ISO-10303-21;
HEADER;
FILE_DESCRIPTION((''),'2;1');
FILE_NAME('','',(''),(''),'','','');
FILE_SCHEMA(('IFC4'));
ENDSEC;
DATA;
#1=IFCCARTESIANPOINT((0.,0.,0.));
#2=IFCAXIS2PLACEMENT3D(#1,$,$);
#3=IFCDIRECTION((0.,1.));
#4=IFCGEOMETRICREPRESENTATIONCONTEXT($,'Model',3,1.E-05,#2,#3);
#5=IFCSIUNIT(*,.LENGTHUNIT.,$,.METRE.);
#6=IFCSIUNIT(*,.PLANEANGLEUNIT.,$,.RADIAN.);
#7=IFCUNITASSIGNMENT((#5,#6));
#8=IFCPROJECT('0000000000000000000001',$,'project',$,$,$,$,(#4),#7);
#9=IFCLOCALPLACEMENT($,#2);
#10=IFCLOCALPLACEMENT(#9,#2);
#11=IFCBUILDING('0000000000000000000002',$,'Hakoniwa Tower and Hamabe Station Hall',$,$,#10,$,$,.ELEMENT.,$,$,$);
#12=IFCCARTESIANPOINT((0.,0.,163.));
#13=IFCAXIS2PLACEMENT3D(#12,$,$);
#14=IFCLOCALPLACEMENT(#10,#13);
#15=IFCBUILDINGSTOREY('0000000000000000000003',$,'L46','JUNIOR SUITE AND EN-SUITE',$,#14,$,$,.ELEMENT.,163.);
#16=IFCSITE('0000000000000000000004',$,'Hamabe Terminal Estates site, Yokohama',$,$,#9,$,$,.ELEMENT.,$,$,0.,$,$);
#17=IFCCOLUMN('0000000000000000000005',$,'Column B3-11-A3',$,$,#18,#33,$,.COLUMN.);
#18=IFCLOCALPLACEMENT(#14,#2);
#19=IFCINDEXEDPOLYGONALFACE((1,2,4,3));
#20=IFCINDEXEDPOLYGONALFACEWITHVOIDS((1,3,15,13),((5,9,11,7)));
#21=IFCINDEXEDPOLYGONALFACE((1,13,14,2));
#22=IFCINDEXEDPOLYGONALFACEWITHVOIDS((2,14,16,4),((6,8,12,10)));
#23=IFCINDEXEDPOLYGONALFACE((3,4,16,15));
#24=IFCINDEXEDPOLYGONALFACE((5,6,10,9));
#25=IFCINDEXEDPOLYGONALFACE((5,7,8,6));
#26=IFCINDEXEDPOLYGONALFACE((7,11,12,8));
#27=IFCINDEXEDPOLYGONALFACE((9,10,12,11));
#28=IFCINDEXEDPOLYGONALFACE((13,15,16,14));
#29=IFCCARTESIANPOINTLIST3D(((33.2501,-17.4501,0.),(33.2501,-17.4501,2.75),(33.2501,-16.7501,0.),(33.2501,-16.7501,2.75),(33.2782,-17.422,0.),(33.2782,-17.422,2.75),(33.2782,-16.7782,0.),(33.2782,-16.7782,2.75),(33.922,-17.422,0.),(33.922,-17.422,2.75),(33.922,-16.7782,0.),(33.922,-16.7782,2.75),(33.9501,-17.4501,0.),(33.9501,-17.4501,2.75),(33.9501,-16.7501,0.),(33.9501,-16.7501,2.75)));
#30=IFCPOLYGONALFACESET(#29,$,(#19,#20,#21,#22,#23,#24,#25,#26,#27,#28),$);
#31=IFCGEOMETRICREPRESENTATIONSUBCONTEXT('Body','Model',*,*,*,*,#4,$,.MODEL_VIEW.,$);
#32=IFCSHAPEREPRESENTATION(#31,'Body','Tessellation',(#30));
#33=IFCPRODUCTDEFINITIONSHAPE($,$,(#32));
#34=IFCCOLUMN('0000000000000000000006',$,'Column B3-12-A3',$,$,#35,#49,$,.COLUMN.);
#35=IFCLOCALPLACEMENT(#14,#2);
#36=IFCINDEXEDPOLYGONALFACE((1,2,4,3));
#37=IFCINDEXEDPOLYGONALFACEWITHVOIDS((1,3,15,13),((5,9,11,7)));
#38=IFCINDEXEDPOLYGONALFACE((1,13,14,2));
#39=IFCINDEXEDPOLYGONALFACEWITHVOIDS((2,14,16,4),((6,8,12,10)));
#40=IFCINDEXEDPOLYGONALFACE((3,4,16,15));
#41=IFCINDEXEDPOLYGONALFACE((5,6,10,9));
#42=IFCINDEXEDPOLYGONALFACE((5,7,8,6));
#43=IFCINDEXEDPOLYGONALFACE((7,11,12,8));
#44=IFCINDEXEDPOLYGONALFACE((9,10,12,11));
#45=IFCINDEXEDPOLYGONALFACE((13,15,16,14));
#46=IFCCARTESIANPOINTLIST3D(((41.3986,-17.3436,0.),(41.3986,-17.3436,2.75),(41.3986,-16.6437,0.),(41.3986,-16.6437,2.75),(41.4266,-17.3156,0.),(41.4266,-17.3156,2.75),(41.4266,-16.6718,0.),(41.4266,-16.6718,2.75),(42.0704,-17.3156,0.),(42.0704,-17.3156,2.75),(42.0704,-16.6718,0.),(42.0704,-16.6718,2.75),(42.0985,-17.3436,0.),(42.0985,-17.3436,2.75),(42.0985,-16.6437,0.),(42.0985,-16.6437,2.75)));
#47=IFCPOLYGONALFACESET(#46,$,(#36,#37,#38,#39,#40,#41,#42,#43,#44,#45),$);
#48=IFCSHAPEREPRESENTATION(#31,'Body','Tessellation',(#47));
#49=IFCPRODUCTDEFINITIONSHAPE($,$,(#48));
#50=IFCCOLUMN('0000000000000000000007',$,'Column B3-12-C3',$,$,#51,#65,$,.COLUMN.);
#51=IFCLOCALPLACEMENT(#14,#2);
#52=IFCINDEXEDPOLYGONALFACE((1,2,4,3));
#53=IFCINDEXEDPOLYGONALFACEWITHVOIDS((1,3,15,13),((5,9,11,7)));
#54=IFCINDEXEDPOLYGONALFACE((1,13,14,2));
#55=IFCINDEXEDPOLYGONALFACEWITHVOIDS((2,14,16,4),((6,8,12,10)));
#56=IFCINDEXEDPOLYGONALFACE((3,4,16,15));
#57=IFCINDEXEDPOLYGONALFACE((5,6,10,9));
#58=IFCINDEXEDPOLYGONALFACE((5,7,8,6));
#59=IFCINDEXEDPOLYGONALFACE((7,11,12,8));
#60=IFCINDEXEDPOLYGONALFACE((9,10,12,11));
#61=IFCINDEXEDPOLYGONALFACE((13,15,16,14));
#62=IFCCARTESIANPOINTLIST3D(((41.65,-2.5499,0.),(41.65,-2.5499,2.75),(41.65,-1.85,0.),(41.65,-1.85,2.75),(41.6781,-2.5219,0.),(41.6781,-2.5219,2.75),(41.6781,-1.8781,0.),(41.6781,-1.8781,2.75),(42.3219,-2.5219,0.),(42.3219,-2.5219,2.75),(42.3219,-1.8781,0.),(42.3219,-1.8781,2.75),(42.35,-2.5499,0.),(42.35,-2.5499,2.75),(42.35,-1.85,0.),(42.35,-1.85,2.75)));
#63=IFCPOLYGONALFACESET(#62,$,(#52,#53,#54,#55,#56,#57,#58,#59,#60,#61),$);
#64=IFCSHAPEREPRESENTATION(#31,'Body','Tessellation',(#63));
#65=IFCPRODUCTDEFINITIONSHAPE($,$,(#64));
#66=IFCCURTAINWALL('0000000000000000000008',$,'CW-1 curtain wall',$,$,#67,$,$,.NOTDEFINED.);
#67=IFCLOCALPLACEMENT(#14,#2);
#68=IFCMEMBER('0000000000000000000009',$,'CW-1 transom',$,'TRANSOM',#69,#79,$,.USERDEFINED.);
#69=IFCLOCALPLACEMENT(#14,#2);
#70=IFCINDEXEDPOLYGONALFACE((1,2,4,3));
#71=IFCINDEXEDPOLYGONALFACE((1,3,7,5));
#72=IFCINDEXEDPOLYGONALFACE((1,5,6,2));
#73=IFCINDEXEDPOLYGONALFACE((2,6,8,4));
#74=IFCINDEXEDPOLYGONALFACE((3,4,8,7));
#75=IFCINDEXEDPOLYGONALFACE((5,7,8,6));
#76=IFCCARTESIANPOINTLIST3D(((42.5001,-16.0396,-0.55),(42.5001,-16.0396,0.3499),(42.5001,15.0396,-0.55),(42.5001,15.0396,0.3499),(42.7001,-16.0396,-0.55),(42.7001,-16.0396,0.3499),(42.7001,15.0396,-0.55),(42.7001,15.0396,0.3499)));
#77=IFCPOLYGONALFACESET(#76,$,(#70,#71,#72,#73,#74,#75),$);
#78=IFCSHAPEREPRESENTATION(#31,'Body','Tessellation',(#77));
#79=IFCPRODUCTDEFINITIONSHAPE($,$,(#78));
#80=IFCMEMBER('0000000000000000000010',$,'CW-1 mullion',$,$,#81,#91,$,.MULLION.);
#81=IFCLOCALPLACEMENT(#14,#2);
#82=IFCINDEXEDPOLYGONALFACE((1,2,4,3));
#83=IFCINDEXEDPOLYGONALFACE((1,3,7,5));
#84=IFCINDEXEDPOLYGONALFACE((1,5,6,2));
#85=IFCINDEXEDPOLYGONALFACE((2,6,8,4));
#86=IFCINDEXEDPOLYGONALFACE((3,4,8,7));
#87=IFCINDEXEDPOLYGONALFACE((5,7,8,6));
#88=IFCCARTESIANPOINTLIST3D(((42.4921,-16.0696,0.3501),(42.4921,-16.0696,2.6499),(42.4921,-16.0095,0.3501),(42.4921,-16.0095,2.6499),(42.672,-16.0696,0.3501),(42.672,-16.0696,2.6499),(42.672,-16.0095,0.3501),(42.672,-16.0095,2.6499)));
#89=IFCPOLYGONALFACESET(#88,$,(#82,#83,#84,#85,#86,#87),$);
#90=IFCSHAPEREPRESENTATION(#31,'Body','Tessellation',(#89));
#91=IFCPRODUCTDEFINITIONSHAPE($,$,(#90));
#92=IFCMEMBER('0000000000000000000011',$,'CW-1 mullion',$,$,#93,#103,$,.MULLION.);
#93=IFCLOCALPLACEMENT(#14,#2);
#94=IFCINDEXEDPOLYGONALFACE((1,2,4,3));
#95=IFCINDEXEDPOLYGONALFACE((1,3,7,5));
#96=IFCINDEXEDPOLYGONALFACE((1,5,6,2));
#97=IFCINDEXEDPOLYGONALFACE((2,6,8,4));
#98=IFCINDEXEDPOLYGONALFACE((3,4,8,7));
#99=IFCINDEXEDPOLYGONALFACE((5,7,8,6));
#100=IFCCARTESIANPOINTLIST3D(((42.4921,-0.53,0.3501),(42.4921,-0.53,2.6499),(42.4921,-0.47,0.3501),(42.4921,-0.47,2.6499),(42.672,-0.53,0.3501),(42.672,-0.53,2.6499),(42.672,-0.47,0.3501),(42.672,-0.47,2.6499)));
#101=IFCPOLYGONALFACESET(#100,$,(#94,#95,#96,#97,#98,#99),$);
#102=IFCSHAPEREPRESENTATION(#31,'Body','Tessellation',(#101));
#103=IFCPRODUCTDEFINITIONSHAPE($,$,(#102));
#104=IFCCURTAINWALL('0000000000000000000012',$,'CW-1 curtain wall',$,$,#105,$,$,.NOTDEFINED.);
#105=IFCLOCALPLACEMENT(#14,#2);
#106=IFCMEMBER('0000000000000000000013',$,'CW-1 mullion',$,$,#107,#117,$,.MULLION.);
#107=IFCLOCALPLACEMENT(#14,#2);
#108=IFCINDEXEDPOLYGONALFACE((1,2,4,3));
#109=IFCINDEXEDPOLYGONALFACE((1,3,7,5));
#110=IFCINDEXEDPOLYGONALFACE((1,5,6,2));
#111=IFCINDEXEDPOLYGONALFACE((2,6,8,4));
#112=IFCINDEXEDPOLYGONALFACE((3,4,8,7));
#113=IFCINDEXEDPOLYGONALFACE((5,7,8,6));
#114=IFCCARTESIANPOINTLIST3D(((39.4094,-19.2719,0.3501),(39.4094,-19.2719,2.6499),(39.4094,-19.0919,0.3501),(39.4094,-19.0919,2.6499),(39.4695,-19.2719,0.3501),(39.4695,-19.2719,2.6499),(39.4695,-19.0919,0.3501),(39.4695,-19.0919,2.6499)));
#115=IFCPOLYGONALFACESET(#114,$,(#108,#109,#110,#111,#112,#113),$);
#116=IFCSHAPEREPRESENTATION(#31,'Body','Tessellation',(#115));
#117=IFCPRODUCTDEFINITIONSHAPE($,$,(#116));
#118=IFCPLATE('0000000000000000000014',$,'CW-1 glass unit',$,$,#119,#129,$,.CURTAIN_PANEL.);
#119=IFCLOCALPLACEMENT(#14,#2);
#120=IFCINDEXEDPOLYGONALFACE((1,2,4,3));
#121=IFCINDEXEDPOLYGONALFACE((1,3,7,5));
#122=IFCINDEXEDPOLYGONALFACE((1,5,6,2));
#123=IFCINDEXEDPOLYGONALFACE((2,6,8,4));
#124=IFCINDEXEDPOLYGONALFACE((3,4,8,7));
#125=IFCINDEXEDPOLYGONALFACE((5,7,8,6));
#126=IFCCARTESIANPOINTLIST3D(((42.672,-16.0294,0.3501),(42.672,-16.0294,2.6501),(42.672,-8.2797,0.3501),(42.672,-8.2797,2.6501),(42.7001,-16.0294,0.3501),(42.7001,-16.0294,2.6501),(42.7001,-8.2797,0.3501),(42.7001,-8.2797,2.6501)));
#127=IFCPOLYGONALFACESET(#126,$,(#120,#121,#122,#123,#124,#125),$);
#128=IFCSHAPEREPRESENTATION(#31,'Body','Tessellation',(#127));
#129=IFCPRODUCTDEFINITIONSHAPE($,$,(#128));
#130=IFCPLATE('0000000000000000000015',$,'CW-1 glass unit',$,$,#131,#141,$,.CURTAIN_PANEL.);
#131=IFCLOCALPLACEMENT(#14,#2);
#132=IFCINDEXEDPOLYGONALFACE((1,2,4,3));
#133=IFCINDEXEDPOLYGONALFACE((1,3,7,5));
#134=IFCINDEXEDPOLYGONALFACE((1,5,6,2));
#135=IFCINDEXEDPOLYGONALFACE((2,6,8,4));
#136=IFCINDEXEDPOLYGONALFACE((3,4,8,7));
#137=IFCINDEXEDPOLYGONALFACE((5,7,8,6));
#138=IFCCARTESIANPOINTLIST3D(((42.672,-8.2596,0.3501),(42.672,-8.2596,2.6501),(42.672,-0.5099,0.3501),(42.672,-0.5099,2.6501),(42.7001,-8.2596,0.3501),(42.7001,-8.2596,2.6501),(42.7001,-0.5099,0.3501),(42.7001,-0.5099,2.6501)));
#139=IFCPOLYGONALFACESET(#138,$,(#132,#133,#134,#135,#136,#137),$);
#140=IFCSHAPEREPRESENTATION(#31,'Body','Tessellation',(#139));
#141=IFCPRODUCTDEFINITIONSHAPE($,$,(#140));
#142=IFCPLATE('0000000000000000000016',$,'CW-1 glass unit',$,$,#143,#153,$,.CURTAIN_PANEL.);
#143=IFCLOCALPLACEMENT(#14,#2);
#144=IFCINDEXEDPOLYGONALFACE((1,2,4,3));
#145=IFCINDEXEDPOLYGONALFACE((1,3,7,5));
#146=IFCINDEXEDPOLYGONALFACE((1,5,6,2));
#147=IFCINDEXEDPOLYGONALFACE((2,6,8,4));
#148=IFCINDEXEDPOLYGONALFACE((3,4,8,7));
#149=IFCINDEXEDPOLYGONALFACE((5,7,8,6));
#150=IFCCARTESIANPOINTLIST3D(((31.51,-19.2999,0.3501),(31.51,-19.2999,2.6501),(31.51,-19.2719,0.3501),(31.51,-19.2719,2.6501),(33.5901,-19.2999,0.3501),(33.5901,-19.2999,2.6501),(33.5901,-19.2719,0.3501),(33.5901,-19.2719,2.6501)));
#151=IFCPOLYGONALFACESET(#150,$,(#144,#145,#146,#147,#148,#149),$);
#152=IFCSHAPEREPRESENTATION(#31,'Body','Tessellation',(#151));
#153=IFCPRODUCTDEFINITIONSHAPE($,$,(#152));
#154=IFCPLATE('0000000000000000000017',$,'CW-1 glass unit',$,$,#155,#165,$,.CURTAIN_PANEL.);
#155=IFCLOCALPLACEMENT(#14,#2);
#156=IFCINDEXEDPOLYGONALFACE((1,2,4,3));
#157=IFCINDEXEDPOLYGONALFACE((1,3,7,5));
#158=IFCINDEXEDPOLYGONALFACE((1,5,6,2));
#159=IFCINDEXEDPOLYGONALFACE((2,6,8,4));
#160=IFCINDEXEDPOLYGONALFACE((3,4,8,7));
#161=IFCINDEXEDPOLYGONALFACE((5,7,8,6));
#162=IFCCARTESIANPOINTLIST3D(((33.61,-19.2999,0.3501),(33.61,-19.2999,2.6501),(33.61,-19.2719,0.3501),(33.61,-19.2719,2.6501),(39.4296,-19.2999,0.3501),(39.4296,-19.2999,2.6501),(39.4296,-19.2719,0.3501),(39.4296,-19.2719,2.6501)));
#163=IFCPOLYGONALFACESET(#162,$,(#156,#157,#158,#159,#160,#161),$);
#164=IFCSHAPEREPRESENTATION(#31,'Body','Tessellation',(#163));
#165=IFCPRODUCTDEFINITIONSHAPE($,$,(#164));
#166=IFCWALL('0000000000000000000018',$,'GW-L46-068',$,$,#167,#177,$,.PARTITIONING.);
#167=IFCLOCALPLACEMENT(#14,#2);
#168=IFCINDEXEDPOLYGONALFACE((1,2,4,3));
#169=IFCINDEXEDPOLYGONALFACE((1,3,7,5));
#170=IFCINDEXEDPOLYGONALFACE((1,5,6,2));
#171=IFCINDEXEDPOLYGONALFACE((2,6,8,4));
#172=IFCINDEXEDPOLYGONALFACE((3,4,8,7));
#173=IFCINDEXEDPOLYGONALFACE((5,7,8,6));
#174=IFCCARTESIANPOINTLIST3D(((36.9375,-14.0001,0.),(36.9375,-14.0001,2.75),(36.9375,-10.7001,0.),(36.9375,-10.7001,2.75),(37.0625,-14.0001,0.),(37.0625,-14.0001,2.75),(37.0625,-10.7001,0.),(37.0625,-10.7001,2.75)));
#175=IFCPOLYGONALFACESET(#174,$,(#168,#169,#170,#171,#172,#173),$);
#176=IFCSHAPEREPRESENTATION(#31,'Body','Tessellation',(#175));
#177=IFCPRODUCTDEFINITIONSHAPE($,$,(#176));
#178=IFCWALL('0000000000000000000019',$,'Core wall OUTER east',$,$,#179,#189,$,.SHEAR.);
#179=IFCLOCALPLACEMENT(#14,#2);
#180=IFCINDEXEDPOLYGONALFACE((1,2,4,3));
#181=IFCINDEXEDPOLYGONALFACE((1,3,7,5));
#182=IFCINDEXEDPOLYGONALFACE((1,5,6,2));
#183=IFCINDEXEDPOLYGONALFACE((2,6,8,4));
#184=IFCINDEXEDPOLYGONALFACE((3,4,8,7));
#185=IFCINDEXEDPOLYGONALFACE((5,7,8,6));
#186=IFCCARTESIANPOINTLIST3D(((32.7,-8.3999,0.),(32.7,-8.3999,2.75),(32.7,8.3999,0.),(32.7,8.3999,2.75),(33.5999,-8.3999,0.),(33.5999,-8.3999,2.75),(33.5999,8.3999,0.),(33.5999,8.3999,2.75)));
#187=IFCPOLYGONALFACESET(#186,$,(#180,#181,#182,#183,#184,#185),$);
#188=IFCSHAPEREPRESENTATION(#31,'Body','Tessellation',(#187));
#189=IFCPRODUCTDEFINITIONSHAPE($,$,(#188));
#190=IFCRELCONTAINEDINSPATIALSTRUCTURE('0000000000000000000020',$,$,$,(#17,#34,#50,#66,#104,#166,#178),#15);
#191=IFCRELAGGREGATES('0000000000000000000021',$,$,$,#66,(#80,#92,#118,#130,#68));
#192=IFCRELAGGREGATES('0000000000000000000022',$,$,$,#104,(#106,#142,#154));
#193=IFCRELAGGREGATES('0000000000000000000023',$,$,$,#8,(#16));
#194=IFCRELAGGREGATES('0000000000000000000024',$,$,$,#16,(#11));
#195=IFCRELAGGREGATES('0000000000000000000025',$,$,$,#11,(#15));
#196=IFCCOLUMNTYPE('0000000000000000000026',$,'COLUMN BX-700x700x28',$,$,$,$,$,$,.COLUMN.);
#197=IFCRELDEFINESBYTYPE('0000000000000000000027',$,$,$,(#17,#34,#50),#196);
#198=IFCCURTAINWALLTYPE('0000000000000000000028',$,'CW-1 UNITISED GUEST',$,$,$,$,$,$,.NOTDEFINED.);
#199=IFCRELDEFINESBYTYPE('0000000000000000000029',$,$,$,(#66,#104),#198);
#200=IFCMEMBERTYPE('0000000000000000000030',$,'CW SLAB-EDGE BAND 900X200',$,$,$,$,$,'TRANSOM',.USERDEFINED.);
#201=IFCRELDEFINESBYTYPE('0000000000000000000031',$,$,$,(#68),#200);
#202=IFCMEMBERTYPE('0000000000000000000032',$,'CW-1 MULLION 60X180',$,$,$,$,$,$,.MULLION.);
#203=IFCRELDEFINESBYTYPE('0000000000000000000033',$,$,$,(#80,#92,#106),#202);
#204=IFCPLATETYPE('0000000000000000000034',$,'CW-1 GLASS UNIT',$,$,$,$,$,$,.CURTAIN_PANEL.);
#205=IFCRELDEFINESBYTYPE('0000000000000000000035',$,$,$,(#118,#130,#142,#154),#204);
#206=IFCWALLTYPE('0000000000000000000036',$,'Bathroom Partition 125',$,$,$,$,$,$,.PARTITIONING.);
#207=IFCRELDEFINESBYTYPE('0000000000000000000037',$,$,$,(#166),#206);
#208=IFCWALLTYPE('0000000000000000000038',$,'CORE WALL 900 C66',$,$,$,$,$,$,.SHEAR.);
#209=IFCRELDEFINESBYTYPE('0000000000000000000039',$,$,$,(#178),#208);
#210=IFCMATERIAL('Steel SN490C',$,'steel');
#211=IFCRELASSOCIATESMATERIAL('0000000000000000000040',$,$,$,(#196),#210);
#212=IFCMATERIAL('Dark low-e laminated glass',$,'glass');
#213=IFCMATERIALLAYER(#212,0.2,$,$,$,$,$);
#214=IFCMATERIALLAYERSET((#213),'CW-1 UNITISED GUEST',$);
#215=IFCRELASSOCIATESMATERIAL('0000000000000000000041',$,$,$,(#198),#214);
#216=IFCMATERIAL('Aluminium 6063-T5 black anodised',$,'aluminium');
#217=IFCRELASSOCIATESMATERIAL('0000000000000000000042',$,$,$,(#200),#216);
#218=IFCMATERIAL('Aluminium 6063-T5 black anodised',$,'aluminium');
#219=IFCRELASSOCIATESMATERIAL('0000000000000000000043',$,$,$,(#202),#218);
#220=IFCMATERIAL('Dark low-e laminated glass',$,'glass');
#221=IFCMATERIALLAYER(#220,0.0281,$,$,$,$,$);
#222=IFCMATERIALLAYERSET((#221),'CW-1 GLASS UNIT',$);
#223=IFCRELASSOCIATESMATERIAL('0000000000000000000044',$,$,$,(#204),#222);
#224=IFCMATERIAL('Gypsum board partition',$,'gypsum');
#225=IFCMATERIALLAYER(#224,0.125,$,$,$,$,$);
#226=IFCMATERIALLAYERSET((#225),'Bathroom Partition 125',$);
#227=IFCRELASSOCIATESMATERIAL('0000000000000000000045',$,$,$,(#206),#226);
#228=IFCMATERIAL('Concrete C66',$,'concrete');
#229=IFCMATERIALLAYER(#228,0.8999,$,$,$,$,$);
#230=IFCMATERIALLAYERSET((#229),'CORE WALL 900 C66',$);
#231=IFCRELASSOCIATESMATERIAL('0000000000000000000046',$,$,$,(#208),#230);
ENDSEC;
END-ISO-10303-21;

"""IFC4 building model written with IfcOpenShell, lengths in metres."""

from ifc_helpers import new_model, si_unit, direction, frame, frame_2d, origin, origin_2d, place, context, subcontext, project, spatial, rectangle, hollow_rectangle, extrude, material, layer, layer_set, material_profile, profile_set, type_object, element, aggregate, save


model = new_model("IFC4")

# Units and contexts
model_context = context("Model", 3, precision=1e-05, world=origin(), true_north=direction((0.0, 1.0)))
body_context = subcontext(model_context, "Body", "Model", "MODEL_VIEW")
ifc_project = project(units=[si_unit("LENGTHUNIT", "METRE"), si_unit("PLANEANGLEUNIT", "RADIAN")], contexts=[model_context])

# Site, building, storey
site_placement = place(None, origin())
site = spatial("IfcSite", under=ifc_project, at=site_placement, Name="Hamabe Terminal Estates site, Yokohama", CompositionType="ELEMENT", RefElevation=0.0)
building_placement = place(site_placement, origin())
building = spatial("IfcBuilding", under=site, at=building_placement, Name="Hakoniwa Tower and Hamabe Station Hall", CompositionType="ELEMENT")
storey_placement = place(building_placement, frame((0.0, 0.0, 163.0)))
storey = spatial("IfcBuildingStorey", under=building, at=storey_placement, Name="L46", Description="JUNIOR SUITE AND EN-SUITE", CompositionType="ELEMENT", Elevation=163.0)

# Columns
ifc_material_1 = material(Name="Steel SN490C", Category="steel")
ifc_material_profile_1 = material_profile(ifc_material_1, hollow_rectangle(XDim=0.7, YDim=0.7, WallThickness=0.0281, at=origin_2d()), Name="BX-700x700x28")
ifc_profile_set_1 = profile_set([ifc_material_profile_1], Name="Steel SN490C")
column_type = type_object("IfcColumnType", Name="COLUMN BX-700x700x28", PredefinedType="COLUMN", material=ifc_profile_set_1)
for number, where, z_axis, x_axis, name in (
    (1, (33.6001, -17.1001, 0.0), (0.0, 0.0, 1.0), (1.0, 0.0, 0.0), "Column B3-11-A3"),
    (2, (41.7485, -16.9937, 0.0), (0.0, 0.0, 1.0), (1.0, 0.0, 0.0), "Column B3-12-A3"),
    (3, (42.0, -2.2, 0.0), (0.0, 0.0, 1.0), (1.0, 0.0, 0.0), "Column B3-12-C3"),
):
    element("IfcColumn", number, at=place(storey_placement, frame(where, z_axis=z_axis, x_axis=x_axis)), inside=storey, type_object=column_type, Name=name, PredefinedType="COLUMN", context=body_context, shape_type="SweptSolid", body=[
        extrude(hollow_rectangle(XDim=0.7, YDim=0.7, WallThickness=0.0281, at=origin_2d()), origin(), (0.0, 0.0, 1.0), 2.75),
    ])

# Curtain wall, members
ifc_material_2 = material(Name="Dark low-e laminated glass", Category="glass")
ifc_layer_1 = layer(ifc_material_2, 0.2)
ifc_layer_set_1 = layer_set([ifc_layer_1], Name="CW-1 UNITISED GUEST")
curtain_wall_type = type_object("IfcCurtainWallType", Name="CW-1 UNITISED GUEST", PredefinedType="NOTDEFINED", material=ifc_layer_set_1)
curtain_wall_1_placement = place(storey_placement, origin())
curtain_wall_1 = element("IfcCurtainWall", 4, at=curtain_wall_1_placement, inside=storey, type_object=curtain_wall_type, Name="CW-1 curtain wall", PredefinedType="NOTDEFINED")
ifc_material_3 = material(Name="Aluminium 6063-T5 black anodised", Category="aluminium")
ifc_material_profile_2 = material_profile(ifc_material_3, rectangle(XDim=0.2, YDim=0.8999, at=origin_2d()), Name="CW SLAB-EDGE BAND 900X200")
ifc_profile_set_2 = profile_set([ifc_material_profile_2], Name="Aluminium 6063-T5 black anodised")
member_type_1 = type_object("IfcMemberType", Name="CW SLAB-EDGE BAND 900X200", ElementType="TRANSOM", PredefinedType="USERDEFINED", material=ifc_profile_set_2)
member_1_placement = place(storey_placement, frame((42.6001, -16.0396, -0.1001), z_axis=(0.0, 1.0, 0.0), x_axis=(-1.0, 0.0, 0.0)))
member_1 = element("IfcMember", 5, at=member_1_placement, type_object=member_type_1, Name="CW-1 transom", ObjectType="TRANSOM", PredefinedType="USERDEFINED", context=body_context, shape_type="SweptSolid", body=[
    extrude(rectangle(XDim=0.2, YDim=0.8999, at=origin_2d()), origin(), (0.0, 0.0, 1.0), 31.0791),
])
ifc_material_4 = material(Name="Aluminium 6063-T5 black anodised", Category="aluminium")
ifc_material_profile_3 = material_profile(ifc_material_4, rectangle(XDim=0.0601, YDim=0.1799, at=origin_2d()), Name="CW-1 MULLION 60X180")
ifc_profile_set_3 = profile_set([ifc_material_profile_3], Name="Aluminium 6063-T5 black anodised")
member_type_2 = type_object("IfcMemberType", Name="CW-1 MULLION 60X180", PredefinedType="MULLION", material=ifc_profile_set_3)
member_2_placement = place(storey_placement, frame((42.582, -16.0396, 0.3501), z_axis=(0.0, 0.0, 1.0), x_axis=(0.0, 1.0, 0.0)))
member_2 = element("IfcMember", 6, at=member_2_placement, type_object=member_type_2, Name="CW-1 mullion", PredefinedType="MULLION", context=body_context, shape_type="SweptSolid", body=[
    extrude(rectangle(XDim=0.0601, YDim=0.1799, at=origin_2d()), origin(), (0.0, 0.0, 1.0), 2.2998),
])
member_3_placement = place(storey_placement, frame((42.582, -0.5, 0.3501), z_axis=(0.0, 0.0, 1.0), x_axis=(0.0, 1.0, 0.0)))
member_3 = element("IfcMember", 7, at=member_3_placement, type_object=member_type_2, Name="CW-1 mullion", PredefinedType="MULLION", context=body_context, shape_type="SweptSolid", body=[
    extrude(rectangle(XDim=0.0601, YDim=0.1799, at=origin_2d()), origin(), (0.0, 0.0, 1.0), 2.2998),
])

# Curtain wall, member
curtain_wall_2_placement = place(storey_placement, origin())
curtain_wall_2 = element("IfcCurtainWall", 8, at=curtain_wall_2_placement, inside=storey, type_object=curtain_wall_type, Name="CW-1 curtain wall", PredefinedType="NOTDEFINED")
member_4_placement = place(storey_placement, frame((39.4395, -19.1819, 0.3501), z_axis=(0.0, 0.0, 1.0), x_axis=(1.0, 0.0, 0.0)))
member_4 = element("IfcMember", 9, at=member_4_placement, type_object=member_type_2, Name="CW-1 mullion", PredefinedType="MULLION", context=body_context, shape_type="SweptSolid", body=[
    extrude(rectangle(XDim=0.0601, YDim=0.1799, at=origin_2d()), origin(), (0.0, 0.0, 1.0), 2.2998),
])

# Plates
ifc_material_5 = material(Name="Dark low-e laminated glass", Category="glass")
ifc_layer_2 = layer(ifc_material_5, 0.0281)
ifc_layer_set_2 = layer_set([ifc_layer_2], Name="CW-1 GLASS UNIT")
plate_type = type_object("IfcPlateType", Name="CW-1 GLASS UNIT", PredefinedType="CURTAIN_PANEL", material=ifc_layer_set_2)
plate_1_placement = place(storey_placement, frame((42.686, -12.1545, 0.3501), z_axis=(0.0, 0.0, 1.0), x_axis=(0.0, 1.0, 0.0)))
plate_1 = element("IfcPlate", 10, at=plate_1_placement, type_object=plate_type, Name="CW-1 glass unit", PredefinedType="CURTAIN_PANEL", context=body_context, shape_type="SweptSolid", body=[
    extrude(rectangle(XDim=7.7498, YDim=0.0281, at=origin_2d()), origin(), (0.0, 0.0, 1.0), 2.3),
])
plate_2_placement = place(storey_placement, frame((42.686, -4.3848, 0.3501), z_axis=(0.0, 0.0, 1.0), x_axis=(0.0, 1.0, 0.0)))
plate_2 = element("IfcPlate", 11, at=plate_2_placement, type_object=plate_type, Name="CW-1 glass unit", PredefinedType="CURTAIN_PANEL", context=body_context, shape_type="SweptSolid", body=[
    extrude(rectangle(XDim=7.7498, YDim=0.0281, at=origin_2d()), origin(), (0.0, 0.0, 1.0), 2.3),
])
aggregate(curtain_wall_1, [member_2, member_3, plate_1, plate_2, member_1])
plate_3_placement = place(storey_placement, frame((32.55, -19.2859, 0.3501), z_axis=(0.0, 0.0, 1.0), x_axis=(1.0, 0.0, 0.0)))
plate_3 = element("IfcPlate", 12, at=plate_3_placement, type_object=plate_type, Name="CW-1 glass unit", PredefinedType="CURTAIN_PANEL", context=body_context, shape_type="SweptSolid", body=[
    extrude(rectangle(XDim=2.0801, YDim=0.0281, at=origin_2d()), origin(), (0.0, 0.0, 1.0), 2.3),
])
plate_4_placement = place(storey_placement, frame((36.5198, -19.2859, 0.3501), z_axis=(0.0, 0.0, 1.0), x_axis=(1.0, 0.0, 0.0)))
plate_4 = element("IfcPlate", 13, at=plate_4_placement, type_object=plate_type, Name="CW-1 glass unit", PredefinedType="CURTAIN_PANEL", context=body_context, shape_type="SweptSolid", body=[
    extrude(rectangle(XDim=5.8196, YDim=0.0281, at=origin_2d()), origin(), (0.0, 0.0, 1.0), 2.3),
])
aggregate(curtain_wall_2, [member_4, plate_3, plate_4])

# Walls
ifc_material_6 = material(Name="Gypsum board partition", Category="gypsum")
ifc_layer_3 = layer(ifc_material_6, 0.125)
ifc_layer_set_3 = layer_set([ifc_layer_3], Name="Bathroom Partition 125")
wall_type_1 = type_object("IfcWallType", Name="Bathroom Partition 125", PredefinedType="PARTITIONING", material=ifc_layer_set_3)
wall_1_placement = place(storey_placement, frame((37.0, -14.0, 0.0), z_axis=(0.0, 0.0, 1.0), x_axis=(0.0, 1.0, 0.0)))
element("IfcWall", 14, at=wall_1_placement, inside=storey, type_object=wall_type_1, Name="GW-L46-068", PredefinedType="PARTITIONING", context=body_context, shape_type="SweptSolid", body=[
    extrude(rectangle(XDim=3.3, YDim=0.125, at=frame_2d((1.6499, 0.0))), origin(), (0.0, 0.0, 1.0), 2.75),
])
ifc_material_7 = material(Name="Concrete C66", Category="concrete")
ifc_layer_4 = layer(ifc_material_7, 0.8999)
ifc_layer_set_4 = layer_set([ifc_layer_4], Name="CORE WALL 900 C66")
wall_type_2 = type_object("IfcWallType", Name="CORE WALL 900 C66", PredefinedType="SHEAR", material=ifc_layer_set_4)
wall_2_placement = place(storey_placement, frame((33.1499, -8.3999, 0.0), z_axis=(0.0, 0.0, 1.0), x_axis=(0.0, 1.0, 0.0)))
element("IfcWall", 15, at=wall_2_placement, inside=storey, type_object=wall_type_2, Name="Core wall OUTER east", PredefinedType="SHEAR", context=body_context, shape_type="SweptSolid", body=[
    extrude(rectangle(XDim=16.7998, YDim=0.8999, at=frame_2d((8.3999, 0.0))), origin(), (0.0, 0.0, 1.0), 2.75),
])

save(model, "model.ifc")
